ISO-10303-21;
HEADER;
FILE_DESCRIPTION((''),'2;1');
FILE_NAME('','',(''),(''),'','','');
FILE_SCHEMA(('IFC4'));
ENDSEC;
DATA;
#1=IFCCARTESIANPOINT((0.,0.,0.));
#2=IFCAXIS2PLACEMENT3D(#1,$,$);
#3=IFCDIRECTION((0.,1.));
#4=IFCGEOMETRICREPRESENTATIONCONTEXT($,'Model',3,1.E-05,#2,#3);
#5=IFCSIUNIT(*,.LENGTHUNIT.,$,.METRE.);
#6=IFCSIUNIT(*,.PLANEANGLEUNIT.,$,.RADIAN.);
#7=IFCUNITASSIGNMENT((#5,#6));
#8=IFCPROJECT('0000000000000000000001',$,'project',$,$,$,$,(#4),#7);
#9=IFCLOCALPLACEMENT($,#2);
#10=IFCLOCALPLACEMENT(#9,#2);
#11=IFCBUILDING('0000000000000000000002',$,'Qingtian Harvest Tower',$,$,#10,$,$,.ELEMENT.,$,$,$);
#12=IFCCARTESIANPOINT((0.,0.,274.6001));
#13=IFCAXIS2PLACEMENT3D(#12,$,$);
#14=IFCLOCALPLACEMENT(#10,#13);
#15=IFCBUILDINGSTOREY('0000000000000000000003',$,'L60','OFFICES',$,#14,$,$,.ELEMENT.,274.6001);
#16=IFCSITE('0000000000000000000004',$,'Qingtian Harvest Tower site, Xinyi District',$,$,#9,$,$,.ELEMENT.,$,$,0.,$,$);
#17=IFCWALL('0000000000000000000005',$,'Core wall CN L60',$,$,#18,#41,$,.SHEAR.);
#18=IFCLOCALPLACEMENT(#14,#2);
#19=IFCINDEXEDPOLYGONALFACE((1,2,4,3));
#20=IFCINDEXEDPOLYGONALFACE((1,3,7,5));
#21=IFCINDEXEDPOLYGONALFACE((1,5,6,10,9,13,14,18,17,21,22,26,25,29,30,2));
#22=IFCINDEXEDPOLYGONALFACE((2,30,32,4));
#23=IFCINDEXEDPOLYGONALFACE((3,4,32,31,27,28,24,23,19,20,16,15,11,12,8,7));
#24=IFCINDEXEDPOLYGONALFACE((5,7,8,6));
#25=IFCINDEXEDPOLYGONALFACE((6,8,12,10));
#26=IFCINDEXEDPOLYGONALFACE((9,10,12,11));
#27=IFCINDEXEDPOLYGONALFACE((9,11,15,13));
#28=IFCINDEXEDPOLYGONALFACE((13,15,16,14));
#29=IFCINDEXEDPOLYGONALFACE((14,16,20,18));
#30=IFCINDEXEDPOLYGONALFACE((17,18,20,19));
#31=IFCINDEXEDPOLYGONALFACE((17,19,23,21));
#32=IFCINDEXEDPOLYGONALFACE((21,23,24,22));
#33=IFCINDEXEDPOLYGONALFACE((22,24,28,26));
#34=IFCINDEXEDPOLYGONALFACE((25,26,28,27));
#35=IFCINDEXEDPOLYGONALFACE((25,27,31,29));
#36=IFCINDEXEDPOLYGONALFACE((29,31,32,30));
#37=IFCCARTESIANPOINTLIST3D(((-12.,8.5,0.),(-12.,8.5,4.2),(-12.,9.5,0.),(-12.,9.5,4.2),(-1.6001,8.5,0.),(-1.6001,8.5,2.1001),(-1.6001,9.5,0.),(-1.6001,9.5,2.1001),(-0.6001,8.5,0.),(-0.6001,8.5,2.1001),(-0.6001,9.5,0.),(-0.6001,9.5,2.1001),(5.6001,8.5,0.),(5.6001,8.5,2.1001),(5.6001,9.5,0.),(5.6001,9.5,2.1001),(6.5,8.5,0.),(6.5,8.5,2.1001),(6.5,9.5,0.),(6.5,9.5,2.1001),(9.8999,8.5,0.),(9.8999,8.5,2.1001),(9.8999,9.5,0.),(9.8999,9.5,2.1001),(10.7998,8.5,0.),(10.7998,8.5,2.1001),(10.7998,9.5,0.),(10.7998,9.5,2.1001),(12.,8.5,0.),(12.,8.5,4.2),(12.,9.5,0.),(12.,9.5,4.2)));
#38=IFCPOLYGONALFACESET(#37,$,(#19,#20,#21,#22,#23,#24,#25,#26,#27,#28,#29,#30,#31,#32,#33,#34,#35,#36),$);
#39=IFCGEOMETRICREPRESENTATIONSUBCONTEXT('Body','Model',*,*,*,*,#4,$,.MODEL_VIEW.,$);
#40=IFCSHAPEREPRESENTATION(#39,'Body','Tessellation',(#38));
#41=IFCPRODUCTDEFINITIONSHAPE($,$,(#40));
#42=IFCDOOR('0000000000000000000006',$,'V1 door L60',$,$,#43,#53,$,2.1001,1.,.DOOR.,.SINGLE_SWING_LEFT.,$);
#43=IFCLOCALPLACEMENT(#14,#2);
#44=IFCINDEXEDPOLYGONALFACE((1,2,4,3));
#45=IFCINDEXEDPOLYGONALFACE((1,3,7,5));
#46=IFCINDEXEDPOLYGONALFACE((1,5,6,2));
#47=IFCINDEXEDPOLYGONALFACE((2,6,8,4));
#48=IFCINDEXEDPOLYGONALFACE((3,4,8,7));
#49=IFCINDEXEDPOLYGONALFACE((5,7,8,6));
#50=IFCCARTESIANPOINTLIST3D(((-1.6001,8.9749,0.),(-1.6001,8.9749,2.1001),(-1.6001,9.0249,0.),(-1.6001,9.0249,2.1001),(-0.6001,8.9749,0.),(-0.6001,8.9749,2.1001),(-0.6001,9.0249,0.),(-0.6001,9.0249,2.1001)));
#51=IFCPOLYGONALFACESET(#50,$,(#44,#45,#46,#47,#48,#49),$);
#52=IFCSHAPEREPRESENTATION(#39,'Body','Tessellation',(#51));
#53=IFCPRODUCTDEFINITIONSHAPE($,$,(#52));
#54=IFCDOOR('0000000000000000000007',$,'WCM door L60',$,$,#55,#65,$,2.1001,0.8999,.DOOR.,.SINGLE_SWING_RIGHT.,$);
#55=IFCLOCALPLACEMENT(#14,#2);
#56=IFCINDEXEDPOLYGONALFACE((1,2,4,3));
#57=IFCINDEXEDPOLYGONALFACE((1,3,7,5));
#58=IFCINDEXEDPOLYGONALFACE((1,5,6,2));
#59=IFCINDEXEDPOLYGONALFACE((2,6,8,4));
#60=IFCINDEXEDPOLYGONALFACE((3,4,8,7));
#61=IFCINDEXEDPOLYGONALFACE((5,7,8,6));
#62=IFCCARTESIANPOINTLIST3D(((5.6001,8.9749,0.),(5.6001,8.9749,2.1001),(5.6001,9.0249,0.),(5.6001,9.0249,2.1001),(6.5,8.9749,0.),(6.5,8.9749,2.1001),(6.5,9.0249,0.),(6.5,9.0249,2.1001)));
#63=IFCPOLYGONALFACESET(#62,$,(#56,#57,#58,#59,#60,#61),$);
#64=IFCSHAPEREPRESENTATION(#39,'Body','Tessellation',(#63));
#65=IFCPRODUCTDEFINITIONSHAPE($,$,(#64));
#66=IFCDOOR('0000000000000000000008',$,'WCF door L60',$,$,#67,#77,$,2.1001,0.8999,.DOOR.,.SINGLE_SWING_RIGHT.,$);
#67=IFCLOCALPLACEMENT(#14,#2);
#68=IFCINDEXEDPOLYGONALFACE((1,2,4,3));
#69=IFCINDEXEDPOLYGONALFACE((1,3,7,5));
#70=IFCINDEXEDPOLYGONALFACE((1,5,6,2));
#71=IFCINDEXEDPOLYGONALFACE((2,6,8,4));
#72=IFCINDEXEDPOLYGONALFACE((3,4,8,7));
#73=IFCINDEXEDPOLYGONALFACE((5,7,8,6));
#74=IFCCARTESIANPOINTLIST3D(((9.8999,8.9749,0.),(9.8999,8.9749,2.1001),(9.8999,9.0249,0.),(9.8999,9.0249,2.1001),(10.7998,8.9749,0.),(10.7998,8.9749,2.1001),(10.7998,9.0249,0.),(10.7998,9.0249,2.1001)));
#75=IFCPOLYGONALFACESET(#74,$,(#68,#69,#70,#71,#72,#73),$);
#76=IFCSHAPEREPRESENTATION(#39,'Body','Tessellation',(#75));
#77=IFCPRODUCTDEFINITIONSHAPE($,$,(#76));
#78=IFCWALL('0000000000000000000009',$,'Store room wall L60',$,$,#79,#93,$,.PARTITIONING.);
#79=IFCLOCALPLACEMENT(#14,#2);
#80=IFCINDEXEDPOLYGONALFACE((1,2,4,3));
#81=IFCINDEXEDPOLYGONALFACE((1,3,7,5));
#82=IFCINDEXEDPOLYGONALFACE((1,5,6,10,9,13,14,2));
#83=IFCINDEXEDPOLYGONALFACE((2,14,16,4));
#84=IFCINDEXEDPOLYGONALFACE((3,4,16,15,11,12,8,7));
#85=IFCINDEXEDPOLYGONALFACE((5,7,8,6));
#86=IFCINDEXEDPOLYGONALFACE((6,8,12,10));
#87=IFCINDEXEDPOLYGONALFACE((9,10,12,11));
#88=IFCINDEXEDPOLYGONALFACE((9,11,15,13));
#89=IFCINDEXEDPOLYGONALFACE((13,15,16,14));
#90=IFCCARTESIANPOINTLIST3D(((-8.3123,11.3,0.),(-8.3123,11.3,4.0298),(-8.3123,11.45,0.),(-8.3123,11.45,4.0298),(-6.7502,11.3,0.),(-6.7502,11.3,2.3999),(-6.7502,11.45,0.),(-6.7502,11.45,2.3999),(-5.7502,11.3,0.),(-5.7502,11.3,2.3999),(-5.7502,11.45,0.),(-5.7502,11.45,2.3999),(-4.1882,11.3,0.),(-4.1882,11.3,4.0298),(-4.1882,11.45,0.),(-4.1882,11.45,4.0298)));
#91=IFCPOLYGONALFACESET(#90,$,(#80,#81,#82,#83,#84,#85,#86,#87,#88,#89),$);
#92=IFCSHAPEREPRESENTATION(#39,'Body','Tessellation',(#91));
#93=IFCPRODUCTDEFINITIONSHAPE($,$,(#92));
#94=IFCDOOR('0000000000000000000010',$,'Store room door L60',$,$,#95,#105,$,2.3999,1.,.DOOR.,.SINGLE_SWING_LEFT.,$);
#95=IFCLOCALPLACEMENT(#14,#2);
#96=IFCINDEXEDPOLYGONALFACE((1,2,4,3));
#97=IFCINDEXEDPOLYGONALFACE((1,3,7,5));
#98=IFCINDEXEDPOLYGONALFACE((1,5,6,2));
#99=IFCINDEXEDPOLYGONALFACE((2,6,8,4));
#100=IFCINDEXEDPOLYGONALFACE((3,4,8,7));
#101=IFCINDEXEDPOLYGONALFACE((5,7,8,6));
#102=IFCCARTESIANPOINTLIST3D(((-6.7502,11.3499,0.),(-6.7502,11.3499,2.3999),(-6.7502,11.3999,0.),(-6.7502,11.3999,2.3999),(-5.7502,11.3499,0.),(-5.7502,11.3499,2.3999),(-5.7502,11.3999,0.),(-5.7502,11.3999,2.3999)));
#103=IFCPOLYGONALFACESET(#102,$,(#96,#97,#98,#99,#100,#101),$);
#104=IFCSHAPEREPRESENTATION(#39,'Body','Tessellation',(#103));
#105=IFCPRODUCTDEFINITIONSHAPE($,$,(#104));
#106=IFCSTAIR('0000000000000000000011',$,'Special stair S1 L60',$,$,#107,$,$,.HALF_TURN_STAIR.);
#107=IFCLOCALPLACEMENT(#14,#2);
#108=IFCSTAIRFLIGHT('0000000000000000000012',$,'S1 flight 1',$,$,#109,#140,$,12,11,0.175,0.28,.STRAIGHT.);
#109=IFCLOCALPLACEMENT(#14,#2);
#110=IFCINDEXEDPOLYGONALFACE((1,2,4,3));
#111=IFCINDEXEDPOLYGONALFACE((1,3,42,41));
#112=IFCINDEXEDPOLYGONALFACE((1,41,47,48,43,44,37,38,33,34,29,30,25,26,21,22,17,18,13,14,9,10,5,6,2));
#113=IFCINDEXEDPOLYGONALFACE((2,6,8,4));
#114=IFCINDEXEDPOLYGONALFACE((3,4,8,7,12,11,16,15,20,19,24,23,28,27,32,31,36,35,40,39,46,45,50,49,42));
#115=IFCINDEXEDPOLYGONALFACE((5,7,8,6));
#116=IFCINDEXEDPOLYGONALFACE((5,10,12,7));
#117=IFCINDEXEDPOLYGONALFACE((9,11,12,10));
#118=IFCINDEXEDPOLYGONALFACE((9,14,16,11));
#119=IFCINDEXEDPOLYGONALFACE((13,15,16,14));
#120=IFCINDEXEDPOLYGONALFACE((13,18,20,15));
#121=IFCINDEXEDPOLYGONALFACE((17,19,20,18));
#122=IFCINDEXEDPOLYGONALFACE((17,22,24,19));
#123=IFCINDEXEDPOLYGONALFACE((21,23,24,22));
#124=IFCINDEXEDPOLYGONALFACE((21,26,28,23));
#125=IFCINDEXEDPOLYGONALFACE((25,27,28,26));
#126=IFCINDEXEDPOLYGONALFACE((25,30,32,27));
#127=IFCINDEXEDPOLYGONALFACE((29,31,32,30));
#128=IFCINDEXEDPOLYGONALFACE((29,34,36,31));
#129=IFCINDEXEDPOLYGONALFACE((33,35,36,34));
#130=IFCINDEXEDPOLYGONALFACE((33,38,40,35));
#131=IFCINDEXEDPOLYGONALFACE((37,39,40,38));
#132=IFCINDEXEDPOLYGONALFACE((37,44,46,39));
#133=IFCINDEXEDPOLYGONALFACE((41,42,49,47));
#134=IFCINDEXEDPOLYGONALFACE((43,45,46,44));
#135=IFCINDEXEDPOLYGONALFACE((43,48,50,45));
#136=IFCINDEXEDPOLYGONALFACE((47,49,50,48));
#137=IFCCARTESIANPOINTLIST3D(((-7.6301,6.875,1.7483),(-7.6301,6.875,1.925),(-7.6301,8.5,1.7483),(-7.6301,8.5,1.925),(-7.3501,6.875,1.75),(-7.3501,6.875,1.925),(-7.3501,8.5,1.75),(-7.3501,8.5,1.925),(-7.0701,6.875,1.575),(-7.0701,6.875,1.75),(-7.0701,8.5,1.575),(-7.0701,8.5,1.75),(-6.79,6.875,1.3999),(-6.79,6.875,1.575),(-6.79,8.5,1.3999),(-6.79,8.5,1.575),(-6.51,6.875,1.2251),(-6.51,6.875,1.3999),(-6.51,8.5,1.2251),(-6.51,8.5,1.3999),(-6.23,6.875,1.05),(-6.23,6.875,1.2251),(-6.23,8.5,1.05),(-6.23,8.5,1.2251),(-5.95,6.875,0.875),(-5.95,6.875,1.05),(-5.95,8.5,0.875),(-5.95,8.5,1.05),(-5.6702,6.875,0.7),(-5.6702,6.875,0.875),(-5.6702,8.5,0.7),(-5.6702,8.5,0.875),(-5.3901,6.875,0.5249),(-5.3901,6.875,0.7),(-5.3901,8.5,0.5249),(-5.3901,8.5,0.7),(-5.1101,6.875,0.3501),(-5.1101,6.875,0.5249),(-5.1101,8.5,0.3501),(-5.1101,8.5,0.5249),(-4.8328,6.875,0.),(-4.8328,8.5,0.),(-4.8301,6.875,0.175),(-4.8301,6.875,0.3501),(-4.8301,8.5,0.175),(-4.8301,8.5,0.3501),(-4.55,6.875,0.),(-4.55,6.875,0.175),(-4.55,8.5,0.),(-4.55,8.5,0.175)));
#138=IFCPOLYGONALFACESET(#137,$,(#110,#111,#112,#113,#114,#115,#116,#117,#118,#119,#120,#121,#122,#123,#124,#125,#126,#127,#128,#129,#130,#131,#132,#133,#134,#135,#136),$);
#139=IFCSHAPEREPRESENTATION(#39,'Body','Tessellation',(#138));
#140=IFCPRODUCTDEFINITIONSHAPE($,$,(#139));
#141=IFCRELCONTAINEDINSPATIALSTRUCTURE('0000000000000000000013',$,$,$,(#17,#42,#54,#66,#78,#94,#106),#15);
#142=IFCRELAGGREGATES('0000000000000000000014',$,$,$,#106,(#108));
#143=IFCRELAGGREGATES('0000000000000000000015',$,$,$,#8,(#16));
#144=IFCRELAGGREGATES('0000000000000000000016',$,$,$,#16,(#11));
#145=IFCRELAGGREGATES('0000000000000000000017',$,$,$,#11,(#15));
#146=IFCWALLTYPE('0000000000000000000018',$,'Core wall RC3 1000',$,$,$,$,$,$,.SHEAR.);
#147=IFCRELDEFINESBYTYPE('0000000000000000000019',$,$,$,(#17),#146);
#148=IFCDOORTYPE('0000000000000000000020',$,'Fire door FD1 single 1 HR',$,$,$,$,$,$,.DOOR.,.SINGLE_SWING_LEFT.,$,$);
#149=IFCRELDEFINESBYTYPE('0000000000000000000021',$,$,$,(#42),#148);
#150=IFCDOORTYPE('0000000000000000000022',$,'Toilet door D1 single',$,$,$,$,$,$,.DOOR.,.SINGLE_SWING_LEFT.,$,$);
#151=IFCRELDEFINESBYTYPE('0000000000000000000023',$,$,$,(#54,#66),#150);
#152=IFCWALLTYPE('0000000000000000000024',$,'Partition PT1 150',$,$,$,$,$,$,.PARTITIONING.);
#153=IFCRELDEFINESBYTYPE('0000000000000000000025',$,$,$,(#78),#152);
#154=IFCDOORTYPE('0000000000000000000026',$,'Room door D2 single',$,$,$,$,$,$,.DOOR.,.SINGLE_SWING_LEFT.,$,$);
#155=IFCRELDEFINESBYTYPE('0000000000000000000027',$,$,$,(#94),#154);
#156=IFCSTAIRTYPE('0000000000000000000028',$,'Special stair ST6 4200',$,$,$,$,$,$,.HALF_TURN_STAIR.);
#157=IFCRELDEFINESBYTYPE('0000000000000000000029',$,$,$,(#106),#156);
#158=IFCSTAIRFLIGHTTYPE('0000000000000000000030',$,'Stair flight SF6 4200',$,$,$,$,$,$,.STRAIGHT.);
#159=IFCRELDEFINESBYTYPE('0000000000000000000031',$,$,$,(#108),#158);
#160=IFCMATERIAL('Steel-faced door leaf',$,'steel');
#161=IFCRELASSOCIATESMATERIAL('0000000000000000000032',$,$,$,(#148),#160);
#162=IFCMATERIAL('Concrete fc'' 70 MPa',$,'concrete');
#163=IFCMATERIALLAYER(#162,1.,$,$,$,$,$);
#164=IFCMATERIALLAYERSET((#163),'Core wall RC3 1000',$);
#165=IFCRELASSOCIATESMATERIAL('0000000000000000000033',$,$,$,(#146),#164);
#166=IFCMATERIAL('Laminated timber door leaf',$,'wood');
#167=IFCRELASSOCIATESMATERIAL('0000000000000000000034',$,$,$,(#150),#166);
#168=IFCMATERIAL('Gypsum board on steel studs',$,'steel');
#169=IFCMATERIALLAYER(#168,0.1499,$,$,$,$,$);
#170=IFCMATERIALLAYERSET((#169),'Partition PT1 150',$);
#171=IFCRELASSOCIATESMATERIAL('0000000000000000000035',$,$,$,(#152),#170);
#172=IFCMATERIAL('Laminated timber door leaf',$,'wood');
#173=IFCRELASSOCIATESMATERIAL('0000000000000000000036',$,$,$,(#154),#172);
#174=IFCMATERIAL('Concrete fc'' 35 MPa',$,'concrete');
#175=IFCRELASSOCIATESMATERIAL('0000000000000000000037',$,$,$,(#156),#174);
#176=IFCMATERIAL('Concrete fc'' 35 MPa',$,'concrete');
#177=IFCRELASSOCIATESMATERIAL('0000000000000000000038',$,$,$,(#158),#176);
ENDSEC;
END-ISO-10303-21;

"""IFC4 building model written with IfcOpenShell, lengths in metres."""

from ifc_helpers import new_model, si_unit, direction, frame, frame_2d, origin, place, context, subcontext, project, spatial, polyline, rectangle, outline, extrude, material, layer, layer_set, type_object, element, fill, aggregate, save


model = new_model("IFC4")

# Units and contexts
model_context = context("Model", 3, precision=1e-05, world=origin(), true_north=direction((0.0, 1.0)))
body_context = subcontext(model_context, "Body", "Model", "MODEL_VIEW")
ifc_project = project(units=[si_unit("LENGTHUNIT", "METRE"), si_unit("PLANEANGLEUNIT", "RADIAN")], contexts=[model_context])

# Site, building, storey
site_placement = place(None, origin())
site = spatial("IfcSite", under=ifc_project, at=site_placement, Name="Qingtian Harvest Tower site, Xinyi District", CompositionType="ELEMENT", RefElevation=0.0)
building_placement = place(site_placement, origin())
building = spatial("IfcBuilding", under=site, at=building_placement, Name="Qingtian Harvest Tower", CompositionType="ELEMENT")
storey_placement = place(building_placement, frame((0.0, 0.0, 274.6001)))
storey = spatial("IfcBuildingStorey", under=building, at=storey_placement, Name="L60", Description="OFFICES", CompositionType="ELEMENT", Elevation=274.6001)

# Shared definitions
ifc_material_1 = material(Name="Steel-faced door leaf", Category="steel")
door_type_1 = type_object("IfcDoorType", Name="Fire door FD1 single 1 HR", OperationType="SINGLE_SWING_LEFT", PredefinedType="DOOR", material=ifc_material_1)

# Wall, openings, doors
ifc_material_2 = material(Name="Concrete fc' 70 MPa", Category="concrete")
ifc_layer_1 = layer(ifc_material_2, 1.0)
ifc_layer_set_1 = layer_set([ifc_layer_1], Name="Core wall RC3 1000")
wall_type_1 = type_object("IfcWallType", Name="Core wall RC3 1000", PredefinedType="SHEAR", material=ifc_layer_set_1)
wall_1_placement = place(storey_placement, frame((-12.0, 9.0, 0.0), z_axis=(0.0, 0.0, 1.0), x_axis=(1.0, 0.0, 0.0)))
wall_1 = element("IfcWall", 1, at=wall_1_placement, inside=storey, type_object=wall_type_1, Name="Core wall CN L60", PredefinedType="SHEAR", context=body_context, shape_type="SweptSolid", body=[
    extrude(rectangle(XDim=24.0, YDim=1.0, at=frame_2d((12.0, 0.0))), origin(), (0.0, 0.0, 1.0), 4.2),
])
opening_1_placement = place(wall_1_placement, frame((10.3999, 0.0, 0.0)))
opening_1 = element("IfcOpeningElement", 2, at=opening_1_placement, cuts=wall_1, PredefinedType="OPENING", context=body_context, shape_type="SweptSolid", body=[
    extrude(rectangle(XDim=1.0, YDim=2.1001, at=frame_2d((0.5, 1.05))), frame((0.0, 0.51, 0.0), z_axis=(0.0, -1.0, 0.0), x_axis=(1.0, 0.0, 0.0)), (0.0, 0.0, 1.0), 1.02),
])
opening_2_placement = place(wall_1_placement, frame((17.6001, 0.0, 0.0)))
opening_2 = element("IfcOpeningElement", 3, at=opening_2_placement, cuts=wall_1, PredefinedType="OPENING", context=body_context, shape_type="SweptSolid", body=[
    extrude(rectangle(XDim=0.8999, YDim=2.1001, at=frame_2d((0.45, 1.05))), frame((0.0, 0.51, 0.0), z_axis=(0.0, -1.0, 0.0), x_axis=(1.0, 0.0, 0.0)), (0.0, 0.0, 1.0), 1.02),
])
opening_3_placement = place(wall_1_placement, frame((21.8999, 0.0, 0.0)))
opening_3 = element("IfcOpeningElement", 4, at=opening_3_placement, cuts=wall_1, PredefinedType="OPENING", context=body_context, shape_type="SweptSolid", body=[
    extrude(rectangle(XDim=0.8999, YDim=2.1001, at=frame_2d((0.45, 1.05))), frame((0.0, 0.51, 0.0), z_axis=(0.0, -1.0, 0.0), x_axis=(1.0, 0.0, 0.0)), (0.0, 0.0, 1.0), 1.02),
])
door_1_placement = place(opening_1_placement, origin())
door_1 = element("IfcDoor", 5, at=door_1_placement, inside=storey, type_object=door_type_1, Name="V1 door L60", OperationType="SINGLE_SWING_LEFT", OverallHeight=2.1001, OverallWidth=1.0, PredefinedType="DOOR", context=body_context, shape_type="SweptSolid", body=[
    extrude(rectangle(XDim=1.0, YDim=2.1001, at=frame_2d((0.5, 1.05))), frame((0.0, 0.0249, 0.0), z_axis=(0.0, -1.0, 0.0), x_axis=(1.0, 0.0, 0.0)), (0.0, 0.0, 1.0), 0.05),
])
fill(opening_1, door_1)
ifc_material_3 = material(Name="Laminated timber door leaf", Category="wood")
door_type_2 = type_object("IfcDoorType", Name="Toilet door D1 single", OperationType="SINGLE_SWING_LEFT", PredefinedType="DOOR", material=ifc_material_3)
door_2_placement = place(opening_2_placement, origin())
door_2 = element("IfcDoor", 6, at=door_2_placement, inside=storey, type_object=door_type_2, Name="WCM door L60", OperationType="SINGLE_SWING_RIGHT", OverallHeight=2.1001, OverallWidth=0.8999, PredefinedType="DOOR", context=body_context, shape_type="SweptSolid", body=[
    extrude(rectangle(XDim=0.8999, YDim=2.1001, at=frame_2d((0.45, 1.05))), frame((0.0, 0.0249, 0.0), z_axis=(0.0, -1.0, 0.0), x_axis=(1.0, 0.0, 0.0)), (0.0, 0.0, 1.0), 0.05),
])
fill(opening_2, door_2)
door_3_placement = place(opening_3_placement, origin())
door_3 = element("IfcDoor", 7, at=door_3_placement, inside=storey, type_object=door_type_2, Name="WCF door L60", OperationType="SINGLE_SWING_RIGHT", OverallHeight=2.1001, OverallWidth=0.8999, PredefinedType="DOOR", context=body_context, shape_type="SweptSolid", body=[
    extrude(rectangle(XDim=0.8999, YDim=2.1001, at=frame_2d((0.45, 1.05))), frame((0.0, 0.0249, 0.0), z_axis=(0.0, -1.0, 0.0), x_axis=(1.0, 0.0, 0.0)), (0.0, 0.0, 1.0), 0.05),
])
fill(opening_3, door_3)

# Wall, opening, door
ifc_material_4 = material(Name="Gypsum board on steel studs", Category="steel")
ifc_layer_2 = layer(ifc_material_4, 0.1499)
ifc_layer_set_2 = layer_set([ifc_layer_2], Name="Partition PT1 150")
wall_type_2 = type_object("IfcWallType", Name="Partition PT1 150", PredefinedType="PARTITIONING", material=ifc_layer_set_2)
wall_2_placement = place(storey_placement, frame((-8.3123, 11.375, 0.0), z_axis=(0.0, 0.0, 1.0), x_axis=(1.0, 0.0, 0.0)))
wall_2 = element("IfcWall", 8, at=wall_2_placement, inside=storey, type_object=wall_type_2, Name="Store room wall L60", PredefinedType="PARTITIONING", context=body_context, shape_type="SweptSolid", body=[
    extrude(rectangle(XDim=4.124, YDim=0.1499, at=frame_2d((2.062, 0.0))), origin(), (0.0, 0.0, 1.0), 4.0298),
])
opening_4_placement = place(wall_2_placement, frame((1.562, 0.0, 0.0)))
opening_4 = element("IfcOpeningElement", 9, at=opening_4_placement, cuts=wall_2, PredefinedType="OPENING", context=body_context, shape_type="SweptSolid", body=[
    extrude(rectangle(XDim=1.0, YDim=2.3999, at=frame_2d((0.5, 1.2))), frame((0.0, 0.085, 0.0), z_axis=(0.0, -1.0, 0.0), x_axis=(1.0, 0.0, 0.0)), (0.0, 0.0, 1.0), 0.1699),
])
ifc_material_5 = material(Name="Laminated timber door leaf", Category="wood")
door_type_3 = type_object("IfcDoorType", Name="Room door D2 single", OperationType="SINGLE_SWING_LEFT", PredefinedType="DOOR", material=ifc_material_5)
door_4_placement = place(opening_4_placement, origin())
door_4 = element("IfcDoor", 10, at=door_4_placement, inside=storey, type_object=door_type_3, Name="Store room door L60", OperationType="SINGLE_SWING_LEFT", OverallHeight=2.3999, OverallWidth=1.0, PredefinedType="DOOR", context=body_context, shape_type="SweptSolid", body=[
    extrude(rectangle(XDim=1.0, YDim=2.3999, at=frame_2d((0.5, 1.2))), frame((0.0, 0.0249, 0.0), z_axis=(0.0, -1.0, 0.0), x_axis=(1.0, 0.0, 0.0)), (0.0, 0.0, 1.0), 0.05),
])
fill(opening_4, door_4)

# Stair, stair flight
ifc_material_6 = material(Name="Concrete fc' 35 MPa", Category="concrete")
stair_type = type_object("IfcStairType", Name="Special stair ST6 4200", PredefinedType="HALF_TURN_STAIR", material=ifc_material_6)
stair_placement = place(storey_placement, origin())
stair = element("IfcStair", 11, at=stair_placement, inside=storey, type_object=stair_type, Name="Special stair S1 L60", PredefinedType="HALF_TURN_STAIR")
ifc_material_7 = material(Name="Concrete fc' 35 MPa", Category="concrete")
stair_flight_type = type_object("IfcStairFlightType", Name="Stair flight SF6 4200", PredefinedType="STRAIGHT", material=ifc_material_7)
stair_flight_1_placement = place(storey_placement, frame((-4.55, 7.6875, 0.0), z_axis=(0.0, 0.0, 1.0), x_axis=(-1.0, 0.0, 0.0)))
stair_flight_1 = element("IfcStairFlight", 12, at=stair_flight_1_placement, type_object=stair_flight_type, Name="S1 flight 1", NumberOfRisers=12, NumberOfTreads=11, PredefinedType="STRAIGHT", RiserHeight=0.175, TreadLength=0.28, context=body_context, shape_type="SweptSolid", body=[
    extrude(outline(polyline([(0.0, 0.0), (0.0, 0.175), (0.28, 0.175), (0.28, 0.3501), (0.5601, 0.3501), (0.5601, 0.5249), (0.8401, 0.5249), (0.8401, 0.7), (1.1201, 0.7), (1.1201, 0.875), (1.3999, 0.875), (1.3999, 1.05), (1.6799, 1.05), (1.6799, 1.2251), (1.96, 1.2251), (1.96, 1.3999), (2.24, 1.3999), (2.24, 1.575), (2.52, 1.575), (2.52, 1.75), (2.8, 1.75), (2.8, 1.925), (3.0801, 1.925), (3.0801, 2.1001), (3.0801, 1.7483), (0.2827, 0.0), (0.0, 0.0)])), frame((0.0, 0.8125, 0.0), z_axis=(0.0, -1.0, 0.0), x_axis=(1.0, 0.0, 0.0)), (0.0, 0.0, 1.0), 1.625),
])
aggregate(stair, [stair_flight_1])

save(model, "model.ifc")
